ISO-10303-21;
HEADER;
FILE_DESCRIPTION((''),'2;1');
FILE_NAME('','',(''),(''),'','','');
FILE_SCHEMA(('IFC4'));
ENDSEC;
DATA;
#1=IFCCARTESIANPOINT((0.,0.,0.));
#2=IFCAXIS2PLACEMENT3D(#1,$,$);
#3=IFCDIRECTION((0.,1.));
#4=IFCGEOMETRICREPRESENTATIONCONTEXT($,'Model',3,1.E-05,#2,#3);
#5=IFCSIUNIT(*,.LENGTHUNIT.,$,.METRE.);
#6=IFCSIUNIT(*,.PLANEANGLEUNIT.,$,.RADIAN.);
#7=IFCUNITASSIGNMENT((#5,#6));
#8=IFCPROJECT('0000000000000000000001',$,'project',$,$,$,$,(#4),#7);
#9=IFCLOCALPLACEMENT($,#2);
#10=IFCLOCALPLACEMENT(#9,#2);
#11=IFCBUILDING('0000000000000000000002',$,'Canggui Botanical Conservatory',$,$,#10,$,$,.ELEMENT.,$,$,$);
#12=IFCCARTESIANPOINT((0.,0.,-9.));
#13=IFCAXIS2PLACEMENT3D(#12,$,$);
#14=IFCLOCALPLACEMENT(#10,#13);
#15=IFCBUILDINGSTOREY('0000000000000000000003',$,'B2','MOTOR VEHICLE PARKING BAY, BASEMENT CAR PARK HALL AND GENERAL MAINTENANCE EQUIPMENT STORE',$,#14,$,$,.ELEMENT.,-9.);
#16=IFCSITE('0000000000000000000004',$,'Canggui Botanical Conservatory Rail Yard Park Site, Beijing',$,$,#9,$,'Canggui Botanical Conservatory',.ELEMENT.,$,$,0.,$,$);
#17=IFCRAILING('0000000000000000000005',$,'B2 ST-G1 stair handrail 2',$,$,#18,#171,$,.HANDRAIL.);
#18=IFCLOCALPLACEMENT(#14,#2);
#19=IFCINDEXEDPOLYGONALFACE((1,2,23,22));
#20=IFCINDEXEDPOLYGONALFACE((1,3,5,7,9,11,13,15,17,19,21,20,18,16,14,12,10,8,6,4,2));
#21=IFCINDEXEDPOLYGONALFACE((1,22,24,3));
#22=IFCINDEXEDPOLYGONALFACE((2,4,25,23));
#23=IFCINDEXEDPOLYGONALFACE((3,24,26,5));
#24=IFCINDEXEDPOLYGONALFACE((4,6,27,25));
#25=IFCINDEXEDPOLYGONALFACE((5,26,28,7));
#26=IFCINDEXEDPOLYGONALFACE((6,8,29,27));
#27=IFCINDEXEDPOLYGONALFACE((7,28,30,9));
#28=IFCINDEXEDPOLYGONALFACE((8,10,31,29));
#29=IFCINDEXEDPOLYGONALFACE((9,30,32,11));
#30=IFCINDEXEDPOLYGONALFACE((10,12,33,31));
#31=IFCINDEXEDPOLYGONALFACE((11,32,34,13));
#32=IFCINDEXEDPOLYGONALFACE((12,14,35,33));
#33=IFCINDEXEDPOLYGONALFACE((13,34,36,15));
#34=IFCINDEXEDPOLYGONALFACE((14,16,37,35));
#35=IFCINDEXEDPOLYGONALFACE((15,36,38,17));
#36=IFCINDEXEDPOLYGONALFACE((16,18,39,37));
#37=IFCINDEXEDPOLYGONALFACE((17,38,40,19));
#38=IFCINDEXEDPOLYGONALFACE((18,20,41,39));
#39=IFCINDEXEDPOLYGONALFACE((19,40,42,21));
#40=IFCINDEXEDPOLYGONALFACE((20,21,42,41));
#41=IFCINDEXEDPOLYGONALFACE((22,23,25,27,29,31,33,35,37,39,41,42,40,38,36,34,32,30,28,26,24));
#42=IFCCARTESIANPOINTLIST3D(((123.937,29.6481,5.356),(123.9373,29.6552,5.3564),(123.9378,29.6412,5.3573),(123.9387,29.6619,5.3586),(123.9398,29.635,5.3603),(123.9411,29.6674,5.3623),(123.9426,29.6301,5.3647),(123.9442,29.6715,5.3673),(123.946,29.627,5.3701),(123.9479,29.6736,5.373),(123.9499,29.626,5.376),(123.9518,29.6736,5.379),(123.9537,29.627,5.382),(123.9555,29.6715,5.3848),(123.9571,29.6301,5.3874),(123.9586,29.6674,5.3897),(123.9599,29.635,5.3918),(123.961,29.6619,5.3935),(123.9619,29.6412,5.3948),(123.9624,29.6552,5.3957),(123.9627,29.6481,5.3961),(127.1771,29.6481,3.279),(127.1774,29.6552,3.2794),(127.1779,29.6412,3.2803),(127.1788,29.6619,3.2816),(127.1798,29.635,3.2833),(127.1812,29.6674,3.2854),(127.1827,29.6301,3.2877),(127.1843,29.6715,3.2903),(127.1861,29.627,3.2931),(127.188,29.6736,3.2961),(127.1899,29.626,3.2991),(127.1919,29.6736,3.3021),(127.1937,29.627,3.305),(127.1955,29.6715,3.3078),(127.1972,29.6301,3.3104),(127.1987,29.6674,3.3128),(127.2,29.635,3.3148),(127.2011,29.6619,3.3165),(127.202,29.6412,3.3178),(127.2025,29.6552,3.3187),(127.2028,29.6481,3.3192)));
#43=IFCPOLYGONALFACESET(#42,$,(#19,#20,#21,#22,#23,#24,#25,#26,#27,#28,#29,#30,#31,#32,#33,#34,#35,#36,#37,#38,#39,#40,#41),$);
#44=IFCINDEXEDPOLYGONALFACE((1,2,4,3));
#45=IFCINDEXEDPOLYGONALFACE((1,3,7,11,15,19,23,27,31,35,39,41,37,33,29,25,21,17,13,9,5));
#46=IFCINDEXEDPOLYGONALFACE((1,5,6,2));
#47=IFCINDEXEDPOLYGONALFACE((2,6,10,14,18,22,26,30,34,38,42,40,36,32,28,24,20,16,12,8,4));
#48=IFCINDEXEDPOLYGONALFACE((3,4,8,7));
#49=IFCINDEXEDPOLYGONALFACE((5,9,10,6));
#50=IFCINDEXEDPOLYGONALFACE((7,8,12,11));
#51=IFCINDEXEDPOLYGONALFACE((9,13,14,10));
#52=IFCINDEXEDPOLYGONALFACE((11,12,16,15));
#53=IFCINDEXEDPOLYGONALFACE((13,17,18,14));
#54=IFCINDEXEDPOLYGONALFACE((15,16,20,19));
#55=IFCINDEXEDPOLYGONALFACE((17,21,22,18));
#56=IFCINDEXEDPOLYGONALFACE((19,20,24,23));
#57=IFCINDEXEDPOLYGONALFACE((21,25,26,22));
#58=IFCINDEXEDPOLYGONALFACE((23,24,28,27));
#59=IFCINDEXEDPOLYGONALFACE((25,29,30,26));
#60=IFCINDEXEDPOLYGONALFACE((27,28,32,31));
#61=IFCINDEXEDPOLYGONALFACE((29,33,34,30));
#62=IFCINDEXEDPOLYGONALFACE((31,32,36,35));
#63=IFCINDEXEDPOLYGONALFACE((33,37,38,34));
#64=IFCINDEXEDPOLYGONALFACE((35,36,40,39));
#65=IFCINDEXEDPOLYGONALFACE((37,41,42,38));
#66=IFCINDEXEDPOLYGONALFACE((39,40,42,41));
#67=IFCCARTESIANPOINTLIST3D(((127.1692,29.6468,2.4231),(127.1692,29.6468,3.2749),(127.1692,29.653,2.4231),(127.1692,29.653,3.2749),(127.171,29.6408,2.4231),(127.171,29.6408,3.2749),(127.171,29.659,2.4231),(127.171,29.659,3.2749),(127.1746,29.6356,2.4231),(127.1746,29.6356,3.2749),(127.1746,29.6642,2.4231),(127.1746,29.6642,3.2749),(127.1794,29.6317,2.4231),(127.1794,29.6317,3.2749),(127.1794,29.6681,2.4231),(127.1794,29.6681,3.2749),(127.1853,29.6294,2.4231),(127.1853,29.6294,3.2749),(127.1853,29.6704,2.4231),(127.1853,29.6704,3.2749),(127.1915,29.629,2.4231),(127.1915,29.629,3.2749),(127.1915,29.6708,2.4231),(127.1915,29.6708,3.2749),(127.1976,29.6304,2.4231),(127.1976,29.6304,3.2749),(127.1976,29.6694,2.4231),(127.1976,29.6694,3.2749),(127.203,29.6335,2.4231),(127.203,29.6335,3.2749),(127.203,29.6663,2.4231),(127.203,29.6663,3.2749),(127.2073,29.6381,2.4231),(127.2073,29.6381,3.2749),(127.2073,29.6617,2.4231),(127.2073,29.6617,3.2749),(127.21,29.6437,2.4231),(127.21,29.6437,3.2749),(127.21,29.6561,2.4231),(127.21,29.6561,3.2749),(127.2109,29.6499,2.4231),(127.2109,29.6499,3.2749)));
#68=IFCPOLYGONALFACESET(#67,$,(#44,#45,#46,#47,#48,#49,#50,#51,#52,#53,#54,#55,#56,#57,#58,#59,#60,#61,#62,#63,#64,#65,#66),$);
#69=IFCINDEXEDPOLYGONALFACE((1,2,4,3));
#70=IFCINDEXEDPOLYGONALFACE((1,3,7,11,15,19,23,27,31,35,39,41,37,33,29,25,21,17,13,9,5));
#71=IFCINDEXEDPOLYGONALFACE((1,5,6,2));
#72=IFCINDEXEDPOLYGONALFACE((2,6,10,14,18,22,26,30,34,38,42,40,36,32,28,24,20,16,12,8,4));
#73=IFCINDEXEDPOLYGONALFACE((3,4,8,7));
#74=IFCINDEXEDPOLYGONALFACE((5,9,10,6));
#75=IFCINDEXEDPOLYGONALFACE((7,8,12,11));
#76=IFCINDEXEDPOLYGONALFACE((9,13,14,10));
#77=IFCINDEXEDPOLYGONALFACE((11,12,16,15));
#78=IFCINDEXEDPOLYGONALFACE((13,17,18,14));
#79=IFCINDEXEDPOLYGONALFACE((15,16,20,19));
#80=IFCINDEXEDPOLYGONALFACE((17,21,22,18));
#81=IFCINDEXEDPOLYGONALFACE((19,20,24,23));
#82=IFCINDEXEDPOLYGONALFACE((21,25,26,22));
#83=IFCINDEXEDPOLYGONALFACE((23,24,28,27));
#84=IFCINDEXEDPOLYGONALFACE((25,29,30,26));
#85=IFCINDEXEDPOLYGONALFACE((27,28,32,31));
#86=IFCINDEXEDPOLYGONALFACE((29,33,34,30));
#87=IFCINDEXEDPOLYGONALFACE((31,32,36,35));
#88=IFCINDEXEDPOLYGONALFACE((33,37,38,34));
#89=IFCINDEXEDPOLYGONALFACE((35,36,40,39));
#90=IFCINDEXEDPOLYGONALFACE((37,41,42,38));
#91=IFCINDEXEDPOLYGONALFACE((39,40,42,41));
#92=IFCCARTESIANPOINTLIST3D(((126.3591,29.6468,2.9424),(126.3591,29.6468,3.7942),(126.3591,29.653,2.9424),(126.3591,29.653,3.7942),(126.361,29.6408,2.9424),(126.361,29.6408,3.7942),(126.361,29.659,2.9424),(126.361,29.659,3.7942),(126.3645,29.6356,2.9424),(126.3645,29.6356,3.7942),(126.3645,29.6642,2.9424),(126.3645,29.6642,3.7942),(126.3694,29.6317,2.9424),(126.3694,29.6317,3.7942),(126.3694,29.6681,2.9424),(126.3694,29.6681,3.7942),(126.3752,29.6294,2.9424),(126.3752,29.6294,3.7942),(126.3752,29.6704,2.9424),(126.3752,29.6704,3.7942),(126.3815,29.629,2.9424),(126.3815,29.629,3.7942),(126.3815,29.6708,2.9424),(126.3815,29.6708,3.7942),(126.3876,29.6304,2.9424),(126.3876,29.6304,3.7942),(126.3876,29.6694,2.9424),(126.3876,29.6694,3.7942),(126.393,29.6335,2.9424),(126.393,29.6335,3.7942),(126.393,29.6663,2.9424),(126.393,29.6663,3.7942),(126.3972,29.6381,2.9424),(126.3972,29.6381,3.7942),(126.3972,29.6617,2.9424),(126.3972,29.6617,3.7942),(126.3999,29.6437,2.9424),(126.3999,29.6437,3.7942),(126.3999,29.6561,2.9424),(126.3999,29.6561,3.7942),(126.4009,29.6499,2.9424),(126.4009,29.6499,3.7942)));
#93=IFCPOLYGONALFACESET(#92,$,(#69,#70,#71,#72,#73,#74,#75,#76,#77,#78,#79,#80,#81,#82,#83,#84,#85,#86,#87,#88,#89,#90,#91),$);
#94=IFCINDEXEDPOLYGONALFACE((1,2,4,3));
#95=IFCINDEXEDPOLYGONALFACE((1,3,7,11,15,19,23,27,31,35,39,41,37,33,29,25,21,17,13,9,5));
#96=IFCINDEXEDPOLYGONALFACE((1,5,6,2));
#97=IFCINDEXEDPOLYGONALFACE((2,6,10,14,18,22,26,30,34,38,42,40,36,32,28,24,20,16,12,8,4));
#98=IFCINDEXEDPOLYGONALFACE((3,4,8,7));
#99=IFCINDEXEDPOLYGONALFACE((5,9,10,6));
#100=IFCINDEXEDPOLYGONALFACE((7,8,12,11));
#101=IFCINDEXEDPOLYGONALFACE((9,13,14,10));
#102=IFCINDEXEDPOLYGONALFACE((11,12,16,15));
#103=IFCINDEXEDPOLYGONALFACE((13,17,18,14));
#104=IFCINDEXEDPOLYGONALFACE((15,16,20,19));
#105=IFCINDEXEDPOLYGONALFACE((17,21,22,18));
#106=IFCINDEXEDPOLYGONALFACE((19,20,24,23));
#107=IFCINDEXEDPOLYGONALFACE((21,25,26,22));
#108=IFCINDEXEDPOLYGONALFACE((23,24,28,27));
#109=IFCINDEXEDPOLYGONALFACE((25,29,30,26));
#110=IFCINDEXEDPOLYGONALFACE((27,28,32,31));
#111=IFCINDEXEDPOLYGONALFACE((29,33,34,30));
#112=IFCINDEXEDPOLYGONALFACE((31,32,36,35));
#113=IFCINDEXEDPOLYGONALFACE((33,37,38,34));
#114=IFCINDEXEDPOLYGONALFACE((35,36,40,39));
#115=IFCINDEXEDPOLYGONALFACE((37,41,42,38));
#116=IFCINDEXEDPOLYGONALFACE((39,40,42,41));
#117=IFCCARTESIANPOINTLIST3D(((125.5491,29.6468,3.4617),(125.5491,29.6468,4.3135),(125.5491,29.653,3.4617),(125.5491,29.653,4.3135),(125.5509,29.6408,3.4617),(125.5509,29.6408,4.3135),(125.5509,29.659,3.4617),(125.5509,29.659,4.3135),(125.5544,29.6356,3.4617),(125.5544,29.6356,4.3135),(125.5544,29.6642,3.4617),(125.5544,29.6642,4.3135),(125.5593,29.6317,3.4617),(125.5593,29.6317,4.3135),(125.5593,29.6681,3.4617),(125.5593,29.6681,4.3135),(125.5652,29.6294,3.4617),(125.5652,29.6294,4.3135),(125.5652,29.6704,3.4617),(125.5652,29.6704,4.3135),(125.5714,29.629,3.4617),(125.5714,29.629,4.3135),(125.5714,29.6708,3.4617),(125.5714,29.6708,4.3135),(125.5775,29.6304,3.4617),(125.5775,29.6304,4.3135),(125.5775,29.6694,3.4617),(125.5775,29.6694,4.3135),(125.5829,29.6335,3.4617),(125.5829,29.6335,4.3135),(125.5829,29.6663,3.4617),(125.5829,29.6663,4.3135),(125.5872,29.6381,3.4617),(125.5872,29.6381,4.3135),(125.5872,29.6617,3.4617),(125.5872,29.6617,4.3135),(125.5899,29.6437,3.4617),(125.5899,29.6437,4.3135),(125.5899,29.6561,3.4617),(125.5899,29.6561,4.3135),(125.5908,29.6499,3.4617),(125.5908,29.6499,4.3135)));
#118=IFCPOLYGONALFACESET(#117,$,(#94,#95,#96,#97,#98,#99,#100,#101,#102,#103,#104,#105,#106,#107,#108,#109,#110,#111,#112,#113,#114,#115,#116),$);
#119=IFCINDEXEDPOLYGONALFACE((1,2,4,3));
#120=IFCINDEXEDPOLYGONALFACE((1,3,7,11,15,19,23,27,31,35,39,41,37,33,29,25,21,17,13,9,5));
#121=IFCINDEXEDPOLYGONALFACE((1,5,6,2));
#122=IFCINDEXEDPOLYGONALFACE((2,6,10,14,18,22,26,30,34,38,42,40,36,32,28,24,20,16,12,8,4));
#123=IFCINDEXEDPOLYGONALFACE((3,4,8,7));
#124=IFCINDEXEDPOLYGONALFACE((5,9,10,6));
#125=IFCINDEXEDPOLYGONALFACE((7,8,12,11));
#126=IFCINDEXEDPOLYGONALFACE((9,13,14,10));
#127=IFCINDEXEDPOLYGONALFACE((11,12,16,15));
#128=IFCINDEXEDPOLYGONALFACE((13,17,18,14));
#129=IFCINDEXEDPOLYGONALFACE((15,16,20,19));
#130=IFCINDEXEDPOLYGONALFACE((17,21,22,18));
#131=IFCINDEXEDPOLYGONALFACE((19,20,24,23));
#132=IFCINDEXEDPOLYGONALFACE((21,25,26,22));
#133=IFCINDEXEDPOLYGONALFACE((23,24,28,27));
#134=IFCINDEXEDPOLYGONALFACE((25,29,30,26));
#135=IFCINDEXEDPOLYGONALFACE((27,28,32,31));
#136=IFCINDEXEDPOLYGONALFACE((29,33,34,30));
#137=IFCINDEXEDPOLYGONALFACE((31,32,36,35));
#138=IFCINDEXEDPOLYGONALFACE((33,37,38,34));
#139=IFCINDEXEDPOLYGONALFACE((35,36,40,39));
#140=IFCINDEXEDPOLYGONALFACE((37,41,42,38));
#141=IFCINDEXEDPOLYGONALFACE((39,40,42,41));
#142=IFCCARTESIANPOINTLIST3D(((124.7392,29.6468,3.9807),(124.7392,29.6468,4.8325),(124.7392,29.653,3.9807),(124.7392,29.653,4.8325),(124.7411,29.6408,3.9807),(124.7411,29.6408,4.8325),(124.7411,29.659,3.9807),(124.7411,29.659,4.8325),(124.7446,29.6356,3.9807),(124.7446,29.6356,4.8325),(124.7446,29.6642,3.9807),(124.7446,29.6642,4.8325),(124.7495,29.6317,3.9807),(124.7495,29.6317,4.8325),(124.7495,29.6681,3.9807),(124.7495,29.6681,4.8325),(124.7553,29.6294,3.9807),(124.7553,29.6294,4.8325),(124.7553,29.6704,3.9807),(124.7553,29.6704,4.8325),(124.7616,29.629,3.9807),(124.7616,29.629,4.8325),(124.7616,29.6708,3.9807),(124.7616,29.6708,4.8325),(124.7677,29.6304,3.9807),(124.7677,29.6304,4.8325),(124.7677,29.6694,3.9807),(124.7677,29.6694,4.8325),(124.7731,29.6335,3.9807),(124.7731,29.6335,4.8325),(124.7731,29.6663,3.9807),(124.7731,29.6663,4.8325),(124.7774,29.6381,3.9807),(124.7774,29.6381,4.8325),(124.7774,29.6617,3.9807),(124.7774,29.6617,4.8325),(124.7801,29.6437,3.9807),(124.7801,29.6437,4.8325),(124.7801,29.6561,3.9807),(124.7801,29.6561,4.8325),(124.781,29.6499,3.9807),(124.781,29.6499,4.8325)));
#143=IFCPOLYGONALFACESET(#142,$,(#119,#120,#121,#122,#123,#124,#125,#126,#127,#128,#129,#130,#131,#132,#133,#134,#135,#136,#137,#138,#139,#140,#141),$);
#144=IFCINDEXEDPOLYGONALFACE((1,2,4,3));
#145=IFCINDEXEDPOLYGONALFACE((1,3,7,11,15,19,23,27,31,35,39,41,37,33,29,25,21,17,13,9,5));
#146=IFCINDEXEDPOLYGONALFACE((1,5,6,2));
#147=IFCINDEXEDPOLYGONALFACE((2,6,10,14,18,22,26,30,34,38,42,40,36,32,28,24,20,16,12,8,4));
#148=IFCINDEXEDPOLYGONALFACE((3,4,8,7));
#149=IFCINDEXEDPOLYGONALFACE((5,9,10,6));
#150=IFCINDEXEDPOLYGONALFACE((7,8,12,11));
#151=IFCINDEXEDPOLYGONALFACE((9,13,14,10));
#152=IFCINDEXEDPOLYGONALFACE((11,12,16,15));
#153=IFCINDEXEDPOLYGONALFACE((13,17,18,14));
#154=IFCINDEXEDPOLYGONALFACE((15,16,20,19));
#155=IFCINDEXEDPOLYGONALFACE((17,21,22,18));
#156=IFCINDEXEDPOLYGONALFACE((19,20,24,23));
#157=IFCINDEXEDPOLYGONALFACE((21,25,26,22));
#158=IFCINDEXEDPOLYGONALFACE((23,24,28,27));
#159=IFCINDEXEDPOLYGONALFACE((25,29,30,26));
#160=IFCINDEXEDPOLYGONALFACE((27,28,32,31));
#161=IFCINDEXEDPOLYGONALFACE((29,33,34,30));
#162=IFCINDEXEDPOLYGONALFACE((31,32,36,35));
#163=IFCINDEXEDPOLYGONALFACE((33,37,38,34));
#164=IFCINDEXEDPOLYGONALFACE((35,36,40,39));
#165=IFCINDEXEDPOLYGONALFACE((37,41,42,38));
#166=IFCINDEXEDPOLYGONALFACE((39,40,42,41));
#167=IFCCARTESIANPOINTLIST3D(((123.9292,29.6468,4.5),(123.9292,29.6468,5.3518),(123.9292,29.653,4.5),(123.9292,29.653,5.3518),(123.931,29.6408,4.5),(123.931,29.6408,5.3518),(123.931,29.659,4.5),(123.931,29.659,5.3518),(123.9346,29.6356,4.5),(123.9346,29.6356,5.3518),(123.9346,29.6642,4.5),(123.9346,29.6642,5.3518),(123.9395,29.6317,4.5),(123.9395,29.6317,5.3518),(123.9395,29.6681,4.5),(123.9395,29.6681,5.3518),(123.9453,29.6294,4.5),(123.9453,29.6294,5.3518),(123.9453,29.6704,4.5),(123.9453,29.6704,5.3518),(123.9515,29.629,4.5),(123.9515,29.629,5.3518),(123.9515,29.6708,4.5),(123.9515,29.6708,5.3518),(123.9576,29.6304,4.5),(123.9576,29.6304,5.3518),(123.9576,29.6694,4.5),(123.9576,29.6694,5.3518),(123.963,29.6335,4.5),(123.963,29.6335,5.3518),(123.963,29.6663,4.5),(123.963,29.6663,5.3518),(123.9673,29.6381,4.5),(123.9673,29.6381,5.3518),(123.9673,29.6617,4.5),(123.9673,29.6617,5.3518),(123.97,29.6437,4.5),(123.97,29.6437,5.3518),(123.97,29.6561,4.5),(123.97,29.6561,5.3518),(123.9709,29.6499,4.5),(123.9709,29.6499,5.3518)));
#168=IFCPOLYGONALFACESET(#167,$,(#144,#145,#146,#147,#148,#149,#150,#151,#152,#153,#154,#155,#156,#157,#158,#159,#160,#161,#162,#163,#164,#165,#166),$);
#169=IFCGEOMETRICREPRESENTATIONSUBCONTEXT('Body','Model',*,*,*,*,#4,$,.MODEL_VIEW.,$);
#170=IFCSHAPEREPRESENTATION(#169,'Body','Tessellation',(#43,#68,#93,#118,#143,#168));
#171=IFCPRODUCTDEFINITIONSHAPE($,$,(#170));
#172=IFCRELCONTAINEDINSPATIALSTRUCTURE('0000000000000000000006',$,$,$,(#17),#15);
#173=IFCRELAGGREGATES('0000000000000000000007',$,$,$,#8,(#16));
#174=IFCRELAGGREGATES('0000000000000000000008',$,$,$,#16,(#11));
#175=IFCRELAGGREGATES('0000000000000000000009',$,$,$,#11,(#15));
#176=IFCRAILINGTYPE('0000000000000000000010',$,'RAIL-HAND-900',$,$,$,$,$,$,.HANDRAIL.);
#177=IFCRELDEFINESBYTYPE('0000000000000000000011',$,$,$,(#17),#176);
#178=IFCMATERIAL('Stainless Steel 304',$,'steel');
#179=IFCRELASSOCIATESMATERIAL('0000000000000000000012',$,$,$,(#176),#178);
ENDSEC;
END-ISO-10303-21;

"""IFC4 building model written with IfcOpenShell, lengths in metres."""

from ifc_helpers import new_model, si_unit, direction, frame, origin, origin_2d, place, context, subcontext, project, spatial, circle, extrude, material, type_object, element, save


model = new_model("IFC4")

# Units and contexts
model_context = context("Model", 3, precision=1e-05, world=origin(), true_north=direction((0.0, 1.0)))
body_context = subcontext(model_context, "Body", "Model", "MODEL_VIEW")
ifc_project = project(units=[si_unit("LENGTHUNIT", "METRE"), si_unit("PLANEANGLEUNIT", "RADIAN")], contexts=[model_context])

# Site, building, storey
site_placement = place(None, origin())
site = spatial("IfcSite", under=ifc_project, at=site_placement, Name="Canggui Botanical Conservatory Rail Yard Park Site, Beijing", LongName="Canggui Botanical Conservatory", CompositionType="ELEMENT", RefElevation=0.0)
building_placement = place(site_placement, origin())
building = spatial("IfcBuilding", under=site, at=building_placement, Name="Canggui Botanical Conservatory", CompositionType="ELEMENT")
storey_placement = place(building_placement, frame((0.0, 0.0, -9.0)))
storey = spatial("IfcBuildingStorey", under=building, at=storey_placement, Name="B2", Description="MOTOR VEHICLE PARKING BAY, BASEMENT CAR PARK HALL AND GENERAL MAINTENANCE EQUIPMENT STORE", CompositionType="ELEMENT", Elevation=-9.0)

# Railing
ifc_material_1 = material(Name="Stainless Steel 304", Category="steel")
railing_type_1 = type_object("IfcRailingType", Name="RAIL-HAND-900", PredefinedType="HANDRAIL", material=ifc_material_1)
railing_1_placement = place(storey_placement, frame((127.1899, 29.6499, 2.4231)))
element("IfcRailing", 1, at=railing_1_placement, inside=storey, type_object=railing_type_1, Name="B2 ST-G1 stair handrail 2", PredefinedType="HANDRAIL", context=body_context, shape_type="SweptSolid", body=[
    extrude(circle(Radius=0.0239, at=origin_2d()), frame((0.0, 0.0, 0.876), z_axis=(-0.841881, 0.0, 0.539664), x_axis=(0.0, -1.0, 0.0)), (0.0, 0.0, 1.0), 3.8486),
    extrude(circle(Radius=0.021, at=origin_2d()), origin(), (0.0, 0.0, 1.0), 0.8518),
    extrude(circle(Radius=0.021, at=origin_2d()), frame((-0.8101, 0.0, 0.5193)), (0.0, 0.0, 1.0), 0.8518),
    extrude(circle(Radius=0.021, at=origin_2d()), frame((-1.6201, 0.0, 1.0386)), (0.0, 0.0, 1.0), 0.8518),
    extrude(circle(Radius=0.021, at=origin_2d()), frame((-2.4299, 0.0, 1.5576)), (0.0, 0.0, 1.0), 0.8518),
    extrude(circle(Radius=0.021, at=origin_2d()), frame((-3.24, 0.0, 2.0769)), (0.0, 0.0, 1.0), 0.8518),
])

save(model, "model.ifc")
